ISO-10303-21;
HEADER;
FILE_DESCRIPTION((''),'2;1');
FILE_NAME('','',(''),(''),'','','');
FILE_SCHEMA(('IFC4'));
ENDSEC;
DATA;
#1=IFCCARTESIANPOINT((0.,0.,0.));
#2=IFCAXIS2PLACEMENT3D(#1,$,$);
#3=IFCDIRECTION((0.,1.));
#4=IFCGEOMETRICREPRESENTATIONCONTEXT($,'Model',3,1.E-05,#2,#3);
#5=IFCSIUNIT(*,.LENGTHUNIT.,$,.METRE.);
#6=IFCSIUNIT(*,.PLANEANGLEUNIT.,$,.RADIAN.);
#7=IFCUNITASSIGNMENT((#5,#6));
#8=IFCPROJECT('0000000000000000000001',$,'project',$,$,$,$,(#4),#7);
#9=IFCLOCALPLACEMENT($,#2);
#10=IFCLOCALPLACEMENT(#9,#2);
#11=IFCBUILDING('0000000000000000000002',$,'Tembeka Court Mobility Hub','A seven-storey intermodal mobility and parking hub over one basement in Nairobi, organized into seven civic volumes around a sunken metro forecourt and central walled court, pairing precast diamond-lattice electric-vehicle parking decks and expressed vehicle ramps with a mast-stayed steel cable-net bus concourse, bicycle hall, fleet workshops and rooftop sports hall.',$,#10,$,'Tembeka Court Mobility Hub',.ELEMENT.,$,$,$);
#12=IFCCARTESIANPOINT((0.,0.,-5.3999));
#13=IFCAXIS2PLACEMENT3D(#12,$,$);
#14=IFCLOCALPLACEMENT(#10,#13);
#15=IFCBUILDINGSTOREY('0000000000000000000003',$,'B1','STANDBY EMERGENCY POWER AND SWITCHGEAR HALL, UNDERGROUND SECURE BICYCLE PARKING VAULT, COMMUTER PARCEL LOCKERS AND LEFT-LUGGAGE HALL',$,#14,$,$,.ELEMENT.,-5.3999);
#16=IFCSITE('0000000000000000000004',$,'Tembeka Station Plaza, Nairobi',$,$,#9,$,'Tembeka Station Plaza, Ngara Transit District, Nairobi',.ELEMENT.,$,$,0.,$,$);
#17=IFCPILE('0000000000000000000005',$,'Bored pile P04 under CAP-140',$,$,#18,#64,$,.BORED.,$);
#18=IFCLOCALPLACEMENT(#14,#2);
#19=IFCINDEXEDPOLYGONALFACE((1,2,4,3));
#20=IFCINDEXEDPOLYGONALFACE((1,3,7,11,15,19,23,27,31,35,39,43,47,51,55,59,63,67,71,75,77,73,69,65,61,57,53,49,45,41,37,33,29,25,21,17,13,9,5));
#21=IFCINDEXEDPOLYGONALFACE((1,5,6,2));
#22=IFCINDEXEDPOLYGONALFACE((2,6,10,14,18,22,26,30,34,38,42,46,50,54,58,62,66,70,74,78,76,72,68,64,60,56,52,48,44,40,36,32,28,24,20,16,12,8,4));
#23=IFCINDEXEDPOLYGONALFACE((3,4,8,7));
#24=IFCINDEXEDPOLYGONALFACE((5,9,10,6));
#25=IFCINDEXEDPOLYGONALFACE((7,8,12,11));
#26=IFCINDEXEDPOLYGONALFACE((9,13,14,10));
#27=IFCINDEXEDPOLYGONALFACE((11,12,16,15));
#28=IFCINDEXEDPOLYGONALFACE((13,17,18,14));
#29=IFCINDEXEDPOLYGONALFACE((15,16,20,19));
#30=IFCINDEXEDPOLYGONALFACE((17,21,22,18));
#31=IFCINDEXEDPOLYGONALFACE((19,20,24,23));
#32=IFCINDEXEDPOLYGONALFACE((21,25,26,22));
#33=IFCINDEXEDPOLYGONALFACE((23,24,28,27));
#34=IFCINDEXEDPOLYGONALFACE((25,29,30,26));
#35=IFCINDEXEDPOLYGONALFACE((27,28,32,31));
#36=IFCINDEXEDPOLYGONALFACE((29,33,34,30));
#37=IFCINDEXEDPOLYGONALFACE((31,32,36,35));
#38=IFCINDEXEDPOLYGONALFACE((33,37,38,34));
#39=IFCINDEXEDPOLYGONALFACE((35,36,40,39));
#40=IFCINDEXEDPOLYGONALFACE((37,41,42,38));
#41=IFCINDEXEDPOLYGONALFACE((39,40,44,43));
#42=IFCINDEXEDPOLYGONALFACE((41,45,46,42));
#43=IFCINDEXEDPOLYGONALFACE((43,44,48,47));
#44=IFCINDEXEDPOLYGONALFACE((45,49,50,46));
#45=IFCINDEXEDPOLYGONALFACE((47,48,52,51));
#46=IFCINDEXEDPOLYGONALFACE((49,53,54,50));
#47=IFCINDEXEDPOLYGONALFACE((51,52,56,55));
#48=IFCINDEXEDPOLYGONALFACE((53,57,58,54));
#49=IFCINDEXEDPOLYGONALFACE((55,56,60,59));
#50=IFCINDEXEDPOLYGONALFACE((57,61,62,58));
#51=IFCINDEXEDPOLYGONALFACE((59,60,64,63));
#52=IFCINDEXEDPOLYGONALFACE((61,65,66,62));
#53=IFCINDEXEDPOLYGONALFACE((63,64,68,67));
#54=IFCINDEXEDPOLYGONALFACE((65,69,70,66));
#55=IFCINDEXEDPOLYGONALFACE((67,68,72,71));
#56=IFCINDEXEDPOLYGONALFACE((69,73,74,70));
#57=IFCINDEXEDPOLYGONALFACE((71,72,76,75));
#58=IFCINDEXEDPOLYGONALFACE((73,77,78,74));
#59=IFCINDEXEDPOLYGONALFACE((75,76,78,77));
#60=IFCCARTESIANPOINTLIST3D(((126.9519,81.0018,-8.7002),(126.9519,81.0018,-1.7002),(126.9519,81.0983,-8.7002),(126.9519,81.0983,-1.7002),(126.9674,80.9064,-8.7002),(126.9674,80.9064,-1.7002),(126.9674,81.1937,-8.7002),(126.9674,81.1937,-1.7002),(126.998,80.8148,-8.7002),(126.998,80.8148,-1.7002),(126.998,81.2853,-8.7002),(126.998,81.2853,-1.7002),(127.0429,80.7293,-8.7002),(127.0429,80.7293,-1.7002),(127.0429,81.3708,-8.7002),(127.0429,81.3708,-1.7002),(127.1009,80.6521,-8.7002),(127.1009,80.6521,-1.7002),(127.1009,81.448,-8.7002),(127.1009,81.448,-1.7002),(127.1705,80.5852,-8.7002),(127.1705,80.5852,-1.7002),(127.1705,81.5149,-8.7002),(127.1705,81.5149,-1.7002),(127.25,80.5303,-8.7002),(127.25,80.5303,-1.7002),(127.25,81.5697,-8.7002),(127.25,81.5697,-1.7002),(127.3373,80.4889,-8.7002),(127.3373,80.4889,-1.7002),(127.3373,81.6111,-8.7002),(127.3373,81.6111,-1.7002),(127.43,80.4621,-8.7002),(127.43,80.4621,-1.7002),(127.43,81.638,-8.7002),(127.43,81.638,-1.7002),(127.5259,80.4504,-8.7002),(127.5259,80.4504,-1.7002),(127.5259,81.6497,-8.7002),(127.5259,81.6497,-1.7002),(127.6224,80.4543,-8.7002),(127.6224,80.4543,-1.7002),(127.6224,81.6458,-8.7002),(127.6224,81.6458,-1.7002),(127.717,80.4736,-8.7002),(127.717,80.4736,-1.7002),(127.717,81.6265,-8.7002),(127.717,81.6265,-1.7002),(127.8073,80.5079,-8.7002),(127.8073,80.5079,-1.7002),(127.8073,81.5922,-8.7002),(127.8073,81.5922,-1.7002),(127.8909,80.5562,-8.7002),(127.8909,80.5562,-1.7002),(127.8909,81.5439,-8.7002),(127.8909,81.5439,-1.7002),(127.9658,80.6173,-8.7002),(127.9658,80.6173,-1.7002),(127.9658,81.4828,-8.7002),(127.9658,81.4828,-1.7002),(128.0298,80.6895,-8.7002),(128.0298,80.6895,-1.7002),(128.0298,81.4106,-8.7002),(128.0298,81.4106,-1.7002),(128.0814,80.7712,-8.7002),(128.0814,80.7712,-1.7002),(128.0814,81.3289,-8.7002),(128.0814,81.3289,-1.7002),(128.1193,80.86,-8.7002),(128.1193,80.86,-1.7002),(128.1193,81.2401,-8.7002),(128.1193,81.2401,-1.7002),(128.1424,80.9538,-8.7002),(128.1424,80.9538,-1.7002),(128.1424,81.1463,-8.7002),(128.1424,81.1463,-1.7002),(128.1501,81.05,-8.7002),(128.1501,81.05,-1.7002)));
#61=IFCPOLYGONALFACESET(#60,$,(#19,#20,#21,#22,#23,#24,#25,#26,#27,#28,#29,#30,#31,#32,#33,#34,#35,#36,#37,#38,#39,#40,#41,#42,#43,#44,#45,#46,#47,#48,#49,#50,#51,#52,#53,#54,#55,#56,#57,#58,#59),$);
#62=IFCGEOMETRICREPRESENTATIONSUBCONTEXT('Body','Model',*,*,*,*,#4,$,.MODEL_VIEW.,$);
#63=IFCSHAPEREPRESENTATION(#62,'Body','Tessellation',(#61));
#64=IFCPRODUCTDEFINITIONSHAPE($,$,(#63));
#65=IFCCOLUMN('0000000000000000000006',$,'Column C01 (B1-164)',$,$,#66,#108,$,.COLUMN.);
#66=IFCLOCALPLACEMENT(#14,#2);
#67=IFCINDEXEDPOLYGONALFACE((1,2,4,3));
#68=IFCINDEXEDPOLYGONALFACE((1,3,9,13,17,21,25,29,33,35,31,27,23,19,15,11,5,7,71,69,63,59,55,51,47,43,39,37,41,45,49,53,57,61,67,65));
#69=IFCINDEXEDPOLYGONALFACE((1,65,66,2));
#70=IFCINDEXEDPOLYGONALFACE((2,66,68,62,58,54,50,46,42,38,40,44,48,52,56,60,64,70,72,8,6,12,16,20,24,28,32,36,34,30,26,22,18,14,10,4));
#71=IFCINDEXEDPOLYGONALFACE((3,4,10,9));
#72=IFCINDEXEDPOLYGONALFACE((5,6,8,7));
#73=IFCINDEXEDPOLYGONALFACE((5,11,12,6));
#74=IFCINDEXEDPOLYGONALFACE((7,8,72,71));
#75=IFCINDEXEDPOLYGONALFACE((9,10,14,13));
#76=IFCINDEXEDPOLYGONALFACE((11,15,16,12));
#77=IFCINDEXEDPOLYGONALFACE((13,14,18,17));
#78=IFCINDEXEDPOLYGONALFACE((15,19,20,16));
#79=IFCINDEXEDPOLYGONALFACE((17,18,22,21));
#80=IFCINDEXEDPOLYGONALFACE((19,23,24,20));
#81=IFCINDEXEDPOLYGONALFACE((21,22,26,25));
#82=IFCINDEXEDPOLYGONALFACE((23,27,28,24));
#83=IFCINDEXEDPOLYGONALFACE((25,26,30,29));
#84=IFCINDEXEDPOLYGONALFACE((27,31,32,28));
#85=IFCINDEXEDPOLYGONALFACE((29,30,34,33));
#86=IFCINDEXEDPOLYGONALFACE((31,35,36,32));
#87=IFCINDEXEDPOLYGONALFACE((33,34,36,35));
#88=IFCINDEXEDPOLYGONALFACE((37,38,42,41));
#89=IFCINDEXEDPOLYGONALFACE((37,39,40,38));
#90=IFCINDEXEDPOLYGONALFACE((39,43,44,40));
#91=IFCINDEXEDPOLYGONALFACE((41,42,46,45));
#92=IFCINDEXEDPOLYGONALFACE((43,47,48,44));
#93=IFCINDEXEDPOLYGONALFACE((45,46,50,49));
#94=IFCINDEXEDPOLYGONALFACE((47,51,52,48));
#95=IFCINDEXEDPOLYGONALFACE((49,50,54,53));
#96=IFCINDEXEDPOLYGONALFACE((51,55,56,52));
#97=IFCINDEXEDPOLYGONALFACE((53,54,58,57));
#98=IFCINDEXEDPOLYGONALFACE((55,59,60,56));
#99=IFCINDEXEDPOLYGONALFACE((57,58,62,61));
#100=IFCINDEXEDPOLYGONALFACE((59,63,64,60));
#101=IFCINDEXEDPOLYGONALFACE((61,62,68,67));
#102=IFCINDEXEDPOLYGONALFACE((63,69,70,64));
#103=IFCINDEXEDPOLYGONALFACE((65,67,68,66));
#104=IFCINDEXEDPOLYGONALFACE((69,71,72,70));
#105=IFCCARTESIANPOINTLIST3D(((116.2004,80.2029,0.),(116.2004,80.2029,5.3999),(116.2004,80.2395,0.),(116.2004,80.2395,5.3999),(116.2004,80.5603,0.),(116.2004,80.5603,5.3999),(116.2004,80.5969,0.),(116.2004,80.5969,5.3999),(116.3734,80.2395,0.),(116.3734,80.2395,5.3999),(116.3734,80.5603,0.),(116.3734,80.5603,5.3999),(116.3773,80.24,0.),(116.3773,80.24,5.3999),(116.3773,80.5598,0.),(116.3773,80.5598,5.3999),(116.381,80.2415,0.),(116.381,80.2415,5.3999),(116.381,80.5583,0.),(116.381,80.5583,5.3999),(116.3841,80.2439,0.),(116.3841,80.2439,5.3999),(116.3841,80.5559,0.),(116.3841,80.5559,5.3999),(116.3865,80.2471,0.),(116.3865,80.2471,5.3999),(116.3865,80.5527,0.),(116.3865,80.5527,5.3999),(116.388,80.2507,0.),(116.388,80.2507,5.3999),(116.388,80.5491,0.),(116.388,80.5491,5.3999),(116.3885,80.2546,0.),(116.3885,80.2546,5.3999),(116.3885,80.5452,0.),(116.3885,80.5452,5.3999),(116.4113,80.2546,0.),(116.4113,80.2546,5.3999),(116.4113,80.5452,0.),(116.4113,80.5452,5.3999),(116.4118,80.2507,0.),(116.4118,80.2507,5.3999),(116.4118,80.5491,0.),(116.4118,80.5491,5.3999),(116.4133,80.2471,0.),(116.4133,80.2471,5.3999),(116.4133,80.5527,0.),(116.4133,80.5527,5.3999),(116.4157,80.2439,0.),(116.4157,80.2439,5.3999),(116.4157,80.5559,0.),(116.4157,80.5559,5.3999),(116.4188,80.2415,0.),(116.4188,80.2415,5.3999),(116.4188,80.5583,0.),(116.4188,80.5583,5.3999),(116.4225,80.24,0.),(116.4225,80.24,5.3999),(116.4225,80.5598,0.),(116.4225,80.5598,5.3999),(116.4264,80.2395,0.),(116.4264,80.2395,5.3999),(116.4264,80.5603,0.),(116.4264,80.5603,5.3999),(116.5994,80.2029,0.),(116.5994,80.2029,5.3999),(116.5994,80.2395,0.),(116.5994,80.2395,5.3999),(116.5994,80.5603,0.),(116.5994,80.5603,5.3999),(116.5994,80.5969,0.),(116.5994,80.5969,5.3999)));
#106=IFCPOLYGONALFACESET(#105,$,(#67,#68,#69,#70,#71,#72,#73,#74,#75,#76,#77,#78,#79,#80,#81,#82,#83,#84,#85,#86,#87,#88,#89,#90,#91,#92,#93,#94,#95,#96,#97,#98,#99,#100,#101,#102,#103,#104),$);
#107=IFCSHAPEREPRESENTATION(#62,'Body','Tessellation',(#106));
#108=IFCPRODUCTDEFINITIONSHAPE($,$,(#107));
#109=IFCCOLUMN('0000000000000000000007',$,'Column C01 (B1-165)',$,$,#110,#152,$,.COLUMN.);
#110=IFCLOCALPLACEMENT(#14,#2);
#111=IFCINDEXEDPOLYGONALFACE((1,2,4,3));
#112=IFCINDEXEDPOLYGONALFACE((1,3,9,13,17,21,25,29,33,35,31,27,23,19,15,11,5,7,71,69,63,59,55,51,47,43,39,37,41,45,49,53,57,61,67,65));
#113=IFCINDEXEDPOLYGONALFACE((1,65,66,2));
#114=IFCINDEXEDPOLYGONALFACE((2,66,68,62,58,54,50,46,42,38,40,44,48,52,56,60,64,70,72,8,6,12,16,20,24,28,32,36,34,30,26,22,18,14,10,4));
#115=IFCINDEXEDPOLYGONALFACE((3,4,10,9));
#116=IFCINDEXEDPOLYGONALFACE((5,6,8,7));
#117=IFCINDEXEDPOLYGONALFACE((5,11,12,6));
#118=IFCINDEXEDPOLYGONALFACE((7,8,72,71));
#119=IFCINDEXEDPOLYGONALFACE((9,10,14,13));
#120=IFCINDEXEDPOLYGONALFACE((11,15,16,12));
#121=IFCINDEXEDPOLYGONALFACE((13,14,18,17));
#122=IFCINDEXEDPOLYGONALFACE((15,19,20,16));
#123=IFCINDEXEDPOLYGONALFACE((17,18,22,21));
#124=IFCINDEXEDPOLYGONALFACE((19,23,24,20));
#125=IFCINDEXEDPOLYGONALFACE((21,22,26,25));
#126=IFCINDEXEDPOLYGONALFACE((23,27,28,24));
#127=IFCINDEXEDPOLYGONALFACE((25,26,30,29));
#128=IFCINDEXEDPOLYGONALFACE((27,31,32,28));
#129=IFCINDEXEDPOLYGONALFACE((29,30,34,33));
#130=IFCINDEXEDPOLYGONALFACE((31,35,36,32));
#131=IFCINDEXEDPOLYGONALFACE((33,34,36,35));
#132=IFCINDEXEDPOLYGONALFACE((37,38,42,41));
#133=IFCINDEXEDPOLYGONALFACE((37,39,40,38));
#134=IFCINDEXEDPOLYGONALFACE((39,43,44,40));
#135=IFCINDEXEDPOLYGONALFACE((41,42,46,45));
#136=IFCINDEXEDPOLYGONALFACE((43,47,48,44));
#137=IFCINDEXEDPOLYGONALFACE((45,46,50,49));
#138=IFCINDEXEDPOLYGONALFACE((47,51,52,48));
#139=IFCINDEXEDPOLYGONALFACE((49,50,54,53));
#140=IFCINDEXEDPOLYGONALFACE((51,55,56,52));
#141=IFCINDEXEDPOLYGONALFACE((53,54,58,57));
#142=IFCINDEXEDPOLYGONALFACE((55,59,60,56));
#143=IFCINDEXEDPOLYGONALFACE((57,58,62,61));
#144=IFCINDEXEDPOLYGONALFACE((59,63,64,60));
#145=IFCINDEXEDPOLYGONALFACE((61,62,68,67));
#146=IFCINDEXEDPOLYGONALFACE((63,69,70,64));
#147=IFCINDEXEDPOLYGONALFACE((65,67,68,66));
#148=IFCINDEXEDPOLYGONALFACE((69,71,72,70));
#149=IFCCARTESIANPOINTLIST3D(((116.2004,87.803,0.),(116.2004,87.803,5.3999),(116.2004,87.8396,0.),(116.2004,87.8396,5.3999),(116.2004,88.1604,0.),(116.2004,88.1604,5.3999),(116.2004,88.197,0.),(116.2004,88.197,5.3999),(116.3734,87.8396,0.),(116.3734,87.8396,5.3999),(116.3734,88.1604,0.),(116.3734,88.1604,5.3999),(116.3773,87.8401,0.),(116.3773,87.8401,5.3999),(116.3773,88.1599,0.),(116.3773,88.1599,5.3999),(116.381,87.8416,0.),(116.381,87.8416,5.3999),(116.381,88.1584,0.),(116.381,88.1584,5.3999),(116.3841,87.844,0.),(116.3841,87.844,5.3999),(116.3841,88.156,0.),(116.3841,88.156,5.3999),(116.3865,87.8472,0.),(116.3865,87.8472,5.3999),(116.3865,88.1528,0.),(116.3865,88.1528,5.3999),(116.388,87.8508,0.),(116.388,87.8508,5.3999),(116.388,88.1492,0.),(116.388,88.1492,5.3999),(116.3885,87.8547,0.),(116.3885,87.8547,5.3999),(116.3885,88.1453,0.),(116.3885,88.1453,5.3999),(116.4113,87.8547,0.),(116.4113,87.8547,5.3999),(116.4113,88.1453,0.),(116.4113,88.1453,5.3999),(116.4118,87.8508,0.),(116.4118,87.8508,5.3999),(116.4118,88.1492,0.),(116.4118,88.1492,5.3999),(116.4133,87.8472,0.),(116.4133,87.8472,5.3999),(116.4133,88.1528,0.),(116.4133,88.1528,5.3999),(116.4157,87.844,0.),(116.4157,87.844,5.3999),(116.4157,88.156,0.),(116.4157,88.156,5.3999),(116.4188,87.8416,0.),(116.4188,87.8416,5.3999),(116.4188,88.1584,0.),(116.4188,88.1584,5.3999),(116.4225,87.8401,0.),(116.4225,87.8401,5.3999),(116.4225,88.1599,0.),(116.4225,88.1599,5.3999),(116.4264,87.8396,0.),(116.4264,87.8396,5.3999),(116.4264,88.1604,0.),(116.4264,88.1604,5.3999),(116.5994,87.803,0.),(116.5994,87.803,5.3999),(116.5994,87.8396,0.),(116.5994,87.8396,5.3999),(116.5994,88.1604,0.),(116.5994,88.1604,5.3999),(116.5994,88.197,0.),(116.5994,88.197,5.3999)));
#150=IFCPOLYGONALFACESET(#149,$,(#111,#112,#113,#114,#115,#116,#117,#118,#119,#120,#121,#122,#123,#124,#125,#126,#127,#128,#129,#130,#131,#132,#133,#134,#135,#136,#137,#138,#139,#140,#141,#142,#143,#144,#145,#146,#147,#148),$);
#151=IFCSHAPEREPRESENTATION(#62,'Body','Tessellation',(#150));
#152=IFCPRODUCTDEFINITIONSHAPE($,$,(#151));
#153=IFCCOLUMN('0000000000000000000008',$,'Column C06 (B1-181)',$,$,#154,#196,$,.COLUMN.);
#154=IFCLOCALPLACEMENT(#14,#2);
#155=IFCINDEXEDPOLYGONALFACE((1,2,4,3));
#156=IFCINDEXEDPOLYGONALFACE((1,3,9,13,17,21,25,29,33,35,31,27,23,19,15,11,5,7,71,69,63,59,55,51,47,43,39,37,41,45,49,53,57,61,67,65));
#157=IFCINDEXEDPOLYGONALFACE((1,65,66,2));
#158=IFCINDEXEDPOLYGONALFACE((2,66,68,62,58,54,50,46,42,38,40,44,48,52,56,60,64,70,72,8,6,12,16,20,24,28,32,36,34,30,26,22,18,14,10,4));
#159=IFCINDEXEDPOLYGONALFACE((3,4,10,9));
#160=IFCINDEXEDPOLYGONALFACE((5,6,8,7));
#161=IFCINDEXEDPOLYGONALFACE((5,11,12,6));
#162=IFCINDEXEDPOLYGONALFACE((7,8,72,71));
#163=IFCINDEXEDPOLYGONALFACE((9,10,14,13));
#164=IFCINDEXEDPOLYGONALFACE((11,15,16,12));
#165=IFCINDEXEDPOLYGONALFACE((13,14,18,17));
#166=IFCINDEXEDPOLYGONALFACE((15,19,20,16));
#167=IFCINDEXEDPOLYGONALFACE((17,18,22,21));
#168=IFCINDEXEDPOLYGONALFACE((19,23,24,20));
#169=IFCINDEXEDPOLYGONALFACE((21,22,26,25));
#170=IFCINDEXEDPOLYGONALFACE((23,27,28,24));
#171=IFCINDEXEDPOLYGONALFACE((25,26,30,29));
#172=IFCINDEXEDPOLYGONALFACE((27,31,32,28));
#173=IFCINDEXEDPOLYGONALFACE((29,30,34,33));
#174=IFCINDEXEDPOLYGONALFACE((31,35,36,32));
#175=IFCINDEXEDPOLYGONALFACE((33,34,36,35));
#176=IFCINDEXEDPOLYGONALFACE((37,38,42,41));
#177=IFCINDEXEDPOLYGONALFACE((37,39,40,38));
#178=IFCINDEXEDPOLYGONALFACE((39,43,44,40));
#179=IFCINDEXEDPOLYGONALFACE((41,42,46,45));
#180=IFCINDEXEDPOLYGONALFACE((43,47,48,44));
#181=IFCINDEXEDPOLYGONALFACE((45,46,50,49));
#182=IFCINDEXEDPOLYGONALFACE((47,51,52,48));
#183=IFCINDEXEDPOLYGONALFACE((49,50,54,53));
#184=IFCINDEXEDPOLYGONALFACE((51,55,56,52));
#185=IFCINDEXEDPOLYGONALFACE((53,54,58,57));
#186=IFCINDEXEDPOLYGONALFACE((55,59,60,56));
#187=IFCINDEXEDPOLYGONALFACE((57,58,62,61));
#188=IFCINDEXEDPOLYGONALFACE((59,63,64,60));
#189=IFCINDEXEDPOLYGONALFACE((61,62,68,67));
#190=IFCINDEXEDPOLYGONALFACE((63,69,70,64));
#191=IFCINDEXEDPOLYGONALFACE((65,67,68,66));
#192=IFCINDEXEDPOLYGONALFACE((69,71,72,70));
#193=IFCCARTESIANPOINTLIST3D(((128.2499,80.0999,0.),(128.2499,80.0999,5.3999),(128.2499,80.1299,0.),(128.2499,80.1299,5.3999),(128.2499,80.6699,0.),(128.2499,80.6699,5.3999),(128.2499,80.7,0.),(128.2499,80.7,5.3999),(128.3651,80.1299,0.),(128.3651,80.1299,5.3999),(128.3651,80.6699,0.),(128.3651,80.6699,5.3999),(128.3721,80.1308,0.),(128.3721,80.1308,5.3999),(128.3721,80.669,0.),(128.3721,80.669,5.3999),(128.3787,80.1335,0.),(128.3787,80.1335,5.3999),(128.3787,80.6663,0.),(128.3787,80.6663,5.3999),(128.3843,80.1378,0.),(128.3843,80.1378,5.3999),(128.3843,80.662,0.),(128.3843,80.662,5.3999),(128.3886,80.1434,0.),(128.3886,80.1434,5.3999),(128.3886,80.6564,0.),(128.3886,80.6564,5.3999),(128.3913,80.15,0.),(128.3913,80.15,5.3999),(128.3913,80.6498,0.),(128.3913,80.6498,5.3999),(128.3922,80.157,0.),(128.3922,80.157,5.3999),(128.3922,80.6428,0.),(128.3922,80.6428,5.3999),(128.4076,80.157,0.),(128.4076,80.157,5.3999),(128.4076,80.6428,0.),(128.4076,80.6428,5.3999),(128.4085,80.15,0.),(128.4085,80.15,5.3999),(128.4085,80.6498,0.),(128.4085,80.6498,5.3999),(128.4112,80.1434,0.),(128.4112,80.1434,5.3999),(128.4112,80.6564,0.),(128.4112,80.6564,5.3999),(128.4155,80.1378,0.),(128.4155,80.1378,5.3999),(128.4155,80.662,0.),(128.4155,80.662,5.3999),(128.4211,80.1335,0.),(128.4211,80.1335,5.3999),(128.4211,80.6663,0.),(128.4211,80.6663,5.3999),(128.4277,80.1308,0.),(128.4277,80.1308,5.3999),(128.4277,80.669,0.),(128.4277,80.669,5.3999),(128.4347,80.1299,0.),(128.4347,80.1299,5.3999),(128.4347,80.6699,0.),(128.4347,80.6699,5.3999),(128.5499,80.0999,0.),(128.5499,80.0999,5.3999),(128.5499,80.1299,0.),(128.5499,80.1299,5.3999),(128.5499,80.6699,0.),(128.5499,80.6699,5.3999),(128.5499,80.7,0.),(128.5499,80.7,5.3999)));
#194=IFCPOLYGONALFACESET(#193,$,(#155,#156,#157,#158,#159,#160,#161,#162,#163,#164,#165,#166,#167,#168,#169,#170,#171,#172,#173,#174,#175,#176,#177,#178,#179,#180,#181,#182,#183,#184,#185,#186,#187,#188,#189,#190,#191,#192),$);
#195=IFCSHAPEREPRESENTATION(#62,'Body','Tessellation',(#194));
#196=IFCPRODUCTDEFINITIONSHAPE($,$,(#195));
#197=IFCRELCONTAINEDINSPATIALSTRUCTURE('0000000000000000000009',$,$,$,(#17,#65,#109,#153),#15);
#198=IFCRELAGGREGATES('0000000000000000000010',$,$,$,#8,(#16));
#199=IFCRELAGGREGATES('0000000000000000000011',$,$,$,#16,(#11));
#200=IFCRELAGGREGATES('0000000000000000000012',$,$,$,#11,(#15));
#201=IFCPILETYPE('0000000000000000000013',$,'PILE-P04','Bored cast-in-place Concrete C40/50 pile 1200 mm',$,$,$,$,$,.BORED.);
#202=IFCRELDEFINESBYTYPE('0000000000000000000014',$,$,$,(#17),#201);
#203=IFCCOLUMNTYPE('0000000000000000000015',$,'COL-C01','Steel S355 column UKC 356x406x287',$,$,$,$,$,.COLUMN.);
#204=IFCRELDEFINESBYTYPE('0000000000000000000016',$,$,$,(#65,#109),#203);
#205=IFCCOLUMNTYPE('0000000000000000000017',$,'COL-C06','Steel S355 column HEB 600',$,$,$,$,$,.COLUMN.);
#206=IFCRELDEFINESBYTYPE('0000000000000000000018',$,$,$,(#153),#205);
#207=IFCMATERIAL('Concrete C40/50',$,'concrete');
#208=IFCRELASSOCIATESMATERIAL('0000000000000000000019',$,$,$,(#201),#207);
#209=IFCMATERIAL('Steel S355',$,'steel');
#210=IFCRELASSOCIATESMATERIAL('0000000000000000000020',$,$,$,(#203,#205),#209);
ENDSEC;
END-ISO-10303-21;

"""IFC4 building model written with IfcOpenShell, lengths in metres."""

from ifc_helpers import new_model, si_unit, direction, frame, origin, origin_2d, place, context, subcontext, project, spatial, circle, i_section, extrude, material, material_profile, profile_set, type_object, element, save


model = new_model("IFC4")

# Units and contexts
model_context = context("Model", 3, precision=1e-05, world=origin(), true_north=direction((0.0, 1.0)))
body_context = subcontext(model_context, "Body", "Model", "MODEL_VIEW")
ifc_project = project(units=[si_unit("LENGTHUNIT", "METRE"), si_unit("PLANEANGLEUNIT", "RADIAN")], contexts=[model_context])

# Site, building, storey
site_placement = place(None, origin())
site = spatial("IfcSite", under=ifc_project, at=site_placement, Name="Tembeka Station Plaza, Nairobi", LongName="Tembeka Station Plaza, Ngara Transit District, Nairobi", CompositionType="ELEMENT", RefElevation=0.0)
building_placement = place(site_placement, origin())
building = spatial("IfcBuilding", under=site, at=building_placement, Name="Tembeka Court Mobility Hub", Description="A seven-storey intermodal mobility and parking hub over one basement in Nairobi, organized into seven civic volumes around a sunken metro forecourt and central walled court, pairing precast diamond-lattice electric-vehicle parking decks and expressed vehicle ramps with a mast-stayed steel cable-net bus concourse, bicycle hall, fleet workshops and rooftop sports hall.", LongName="Tembeka Court Mobility Hub", CompositionType="ELEMENT")
storey_placement = place(building_placement, frame((0.0, 0.0, -5.3999)))
storey = spatial("IfcBuildingStorey", under=building, at=storey_placement, Name="B1", Description="STANDBY EMERGENCY POWER AND SWITCHGEAR HALL, UNDERGROUND SECURE BICYCLE PARKING VAULT, COMMUTER PARCEL LOCKERS AND LEFT-LUGGAGE HALL", CompositionType="ELEMENT", Elevation=-5.3999)

# Shared definitions
ifc_material_1 = material(Name="Concrete C40/50", Category="concrete")

# Pile
ifc_material_profile_1 = material_profile(ifc_material_1, circle(Radius=0.6001, at=origin_2d()), Name="PILE D1200")
ifc_profile_set_1 = profile_set([ifc_material_profile_1], Name="Concrete C40/50")
pile_type_1 = type_object("IfcPileType", Name="PILE-P04", Description="Bored cast-in-place Concrete C40/50 pile 1200 mm", PredefinedType="BORED", material=ifc_profile_set_1)
for number, where, z_axis, x_axis, name in (
    (1, (127.55, 81.05, -1.7002), (0.0, 0.0, -1.0), (1.0, 0.0, 0.0), "Bored pile P04 under CAP-140"),
):
    element("IfcPile", number, at=place(storey_placement, frame(where, z_axis=z_axis, x_axis=x_axis)), inside=storey, type_object=pile_type_1, Name=name, PredefinedType="BORED", context=body_context, shape_type="SweptSolid", body=[
        extrude(circle(Radius=0.6001, at=origin_2d()), origin(), (0.0, 0.0, 1.0), 7.0),
    ])

# Columns
ifc_material_2 = material(Name="Steel S355", Category="steel")
ifc_material_profile_2 = material_profile(ifc_material_2, i_section(OverallWidth=0.3989, OverallDepth=0.394, WebThickness=0.0227, FlangeThickness=0.0366, FilletRadius=0.0151, at=origin_2d()), Name="UKC 356x406x287")
ifc_profile_set_2 = profile_set([ifc_material_profile_2], Name="Steel S355")
column_type_1 = type_object("IfcColumnType", Name="COL-C01", Description="Steel S355 column UKC 356x406x287", PredefinedType="COLUMN", material=ifc_profile_set_2)
for number, where, z_axis, x_axis, name in (
    (2, (116.3999, 80.3999, 0.0), (0.0, 0.0, 1.0), (1.0, 0.0, 0.0), "Column C01 (B1-164)"),
    (3, (116.3999, 88.0, 0.0), (0.0, 0.0, 1.0), (1.0, 0.0, 0.0), "Column C01 (B1-165)"),
):
    element("IfcColumn", number, at=place(storey_placement, frame(where, z_axis=z_axis, x_axis=x_axis)), inside=storey, type_object=column_type_1, Name=name, PredefinedType="COLUMN", context=body_context, shape_type="SweptSolid", body=[
        extrude(i_section(OverallWidth=0.3989, OverallDepth=0.394, WebThickness=0.0227, FlangeThickness=0.0366, FilletRadius=0.0151, at=origin_2d()), origin(), (0.0, 0.0, 1.0), 5.3999),
    ])
ifc_material_profile_3 = material_profile(ifc_material_2, i_section(OverallWidth=0.3, OverallDepth=0.6001, WebThickness=0.0154, FlangeThickness=0.03, FilletRadius=0.0271, at=origin_2d()), Name="HEB 600")
ifc_profile_set_3 = profile_set([ifc_material_profile_3], Name="Steel S355")
column_type_2 = type_object("IfcColumnType", Name="COL-C06", Description="Steel S355 column HEB 600", PredefinedType="COLUMN", material=ifc_profile_set_3)
column_placement = place(storey_placement, frame((128.3999, 80.3999, 0.0), z_axis=(0.0, 0.0, 1.0), x_axis=(1.0, 0.0, 0.0)))
element("IfcColumn", 4, at=column_placement, inside=storey, type_object=column_type_2, Name="Column C06 (B1-181)", PredefinedType="COLUMN", context=body_context, shape_type="SweptSolid", body=[
    extrude(i_section(OverallWidth=0.3, OverallDepth=0.6001, WebThickness=0.0154, FlangeThickness=0.03, FilletRadius=0.0271, at=origin_2d()), origin(), (0.0, 0.0, 1.0), 5.3999),
])

save(model, "model.ifc")
